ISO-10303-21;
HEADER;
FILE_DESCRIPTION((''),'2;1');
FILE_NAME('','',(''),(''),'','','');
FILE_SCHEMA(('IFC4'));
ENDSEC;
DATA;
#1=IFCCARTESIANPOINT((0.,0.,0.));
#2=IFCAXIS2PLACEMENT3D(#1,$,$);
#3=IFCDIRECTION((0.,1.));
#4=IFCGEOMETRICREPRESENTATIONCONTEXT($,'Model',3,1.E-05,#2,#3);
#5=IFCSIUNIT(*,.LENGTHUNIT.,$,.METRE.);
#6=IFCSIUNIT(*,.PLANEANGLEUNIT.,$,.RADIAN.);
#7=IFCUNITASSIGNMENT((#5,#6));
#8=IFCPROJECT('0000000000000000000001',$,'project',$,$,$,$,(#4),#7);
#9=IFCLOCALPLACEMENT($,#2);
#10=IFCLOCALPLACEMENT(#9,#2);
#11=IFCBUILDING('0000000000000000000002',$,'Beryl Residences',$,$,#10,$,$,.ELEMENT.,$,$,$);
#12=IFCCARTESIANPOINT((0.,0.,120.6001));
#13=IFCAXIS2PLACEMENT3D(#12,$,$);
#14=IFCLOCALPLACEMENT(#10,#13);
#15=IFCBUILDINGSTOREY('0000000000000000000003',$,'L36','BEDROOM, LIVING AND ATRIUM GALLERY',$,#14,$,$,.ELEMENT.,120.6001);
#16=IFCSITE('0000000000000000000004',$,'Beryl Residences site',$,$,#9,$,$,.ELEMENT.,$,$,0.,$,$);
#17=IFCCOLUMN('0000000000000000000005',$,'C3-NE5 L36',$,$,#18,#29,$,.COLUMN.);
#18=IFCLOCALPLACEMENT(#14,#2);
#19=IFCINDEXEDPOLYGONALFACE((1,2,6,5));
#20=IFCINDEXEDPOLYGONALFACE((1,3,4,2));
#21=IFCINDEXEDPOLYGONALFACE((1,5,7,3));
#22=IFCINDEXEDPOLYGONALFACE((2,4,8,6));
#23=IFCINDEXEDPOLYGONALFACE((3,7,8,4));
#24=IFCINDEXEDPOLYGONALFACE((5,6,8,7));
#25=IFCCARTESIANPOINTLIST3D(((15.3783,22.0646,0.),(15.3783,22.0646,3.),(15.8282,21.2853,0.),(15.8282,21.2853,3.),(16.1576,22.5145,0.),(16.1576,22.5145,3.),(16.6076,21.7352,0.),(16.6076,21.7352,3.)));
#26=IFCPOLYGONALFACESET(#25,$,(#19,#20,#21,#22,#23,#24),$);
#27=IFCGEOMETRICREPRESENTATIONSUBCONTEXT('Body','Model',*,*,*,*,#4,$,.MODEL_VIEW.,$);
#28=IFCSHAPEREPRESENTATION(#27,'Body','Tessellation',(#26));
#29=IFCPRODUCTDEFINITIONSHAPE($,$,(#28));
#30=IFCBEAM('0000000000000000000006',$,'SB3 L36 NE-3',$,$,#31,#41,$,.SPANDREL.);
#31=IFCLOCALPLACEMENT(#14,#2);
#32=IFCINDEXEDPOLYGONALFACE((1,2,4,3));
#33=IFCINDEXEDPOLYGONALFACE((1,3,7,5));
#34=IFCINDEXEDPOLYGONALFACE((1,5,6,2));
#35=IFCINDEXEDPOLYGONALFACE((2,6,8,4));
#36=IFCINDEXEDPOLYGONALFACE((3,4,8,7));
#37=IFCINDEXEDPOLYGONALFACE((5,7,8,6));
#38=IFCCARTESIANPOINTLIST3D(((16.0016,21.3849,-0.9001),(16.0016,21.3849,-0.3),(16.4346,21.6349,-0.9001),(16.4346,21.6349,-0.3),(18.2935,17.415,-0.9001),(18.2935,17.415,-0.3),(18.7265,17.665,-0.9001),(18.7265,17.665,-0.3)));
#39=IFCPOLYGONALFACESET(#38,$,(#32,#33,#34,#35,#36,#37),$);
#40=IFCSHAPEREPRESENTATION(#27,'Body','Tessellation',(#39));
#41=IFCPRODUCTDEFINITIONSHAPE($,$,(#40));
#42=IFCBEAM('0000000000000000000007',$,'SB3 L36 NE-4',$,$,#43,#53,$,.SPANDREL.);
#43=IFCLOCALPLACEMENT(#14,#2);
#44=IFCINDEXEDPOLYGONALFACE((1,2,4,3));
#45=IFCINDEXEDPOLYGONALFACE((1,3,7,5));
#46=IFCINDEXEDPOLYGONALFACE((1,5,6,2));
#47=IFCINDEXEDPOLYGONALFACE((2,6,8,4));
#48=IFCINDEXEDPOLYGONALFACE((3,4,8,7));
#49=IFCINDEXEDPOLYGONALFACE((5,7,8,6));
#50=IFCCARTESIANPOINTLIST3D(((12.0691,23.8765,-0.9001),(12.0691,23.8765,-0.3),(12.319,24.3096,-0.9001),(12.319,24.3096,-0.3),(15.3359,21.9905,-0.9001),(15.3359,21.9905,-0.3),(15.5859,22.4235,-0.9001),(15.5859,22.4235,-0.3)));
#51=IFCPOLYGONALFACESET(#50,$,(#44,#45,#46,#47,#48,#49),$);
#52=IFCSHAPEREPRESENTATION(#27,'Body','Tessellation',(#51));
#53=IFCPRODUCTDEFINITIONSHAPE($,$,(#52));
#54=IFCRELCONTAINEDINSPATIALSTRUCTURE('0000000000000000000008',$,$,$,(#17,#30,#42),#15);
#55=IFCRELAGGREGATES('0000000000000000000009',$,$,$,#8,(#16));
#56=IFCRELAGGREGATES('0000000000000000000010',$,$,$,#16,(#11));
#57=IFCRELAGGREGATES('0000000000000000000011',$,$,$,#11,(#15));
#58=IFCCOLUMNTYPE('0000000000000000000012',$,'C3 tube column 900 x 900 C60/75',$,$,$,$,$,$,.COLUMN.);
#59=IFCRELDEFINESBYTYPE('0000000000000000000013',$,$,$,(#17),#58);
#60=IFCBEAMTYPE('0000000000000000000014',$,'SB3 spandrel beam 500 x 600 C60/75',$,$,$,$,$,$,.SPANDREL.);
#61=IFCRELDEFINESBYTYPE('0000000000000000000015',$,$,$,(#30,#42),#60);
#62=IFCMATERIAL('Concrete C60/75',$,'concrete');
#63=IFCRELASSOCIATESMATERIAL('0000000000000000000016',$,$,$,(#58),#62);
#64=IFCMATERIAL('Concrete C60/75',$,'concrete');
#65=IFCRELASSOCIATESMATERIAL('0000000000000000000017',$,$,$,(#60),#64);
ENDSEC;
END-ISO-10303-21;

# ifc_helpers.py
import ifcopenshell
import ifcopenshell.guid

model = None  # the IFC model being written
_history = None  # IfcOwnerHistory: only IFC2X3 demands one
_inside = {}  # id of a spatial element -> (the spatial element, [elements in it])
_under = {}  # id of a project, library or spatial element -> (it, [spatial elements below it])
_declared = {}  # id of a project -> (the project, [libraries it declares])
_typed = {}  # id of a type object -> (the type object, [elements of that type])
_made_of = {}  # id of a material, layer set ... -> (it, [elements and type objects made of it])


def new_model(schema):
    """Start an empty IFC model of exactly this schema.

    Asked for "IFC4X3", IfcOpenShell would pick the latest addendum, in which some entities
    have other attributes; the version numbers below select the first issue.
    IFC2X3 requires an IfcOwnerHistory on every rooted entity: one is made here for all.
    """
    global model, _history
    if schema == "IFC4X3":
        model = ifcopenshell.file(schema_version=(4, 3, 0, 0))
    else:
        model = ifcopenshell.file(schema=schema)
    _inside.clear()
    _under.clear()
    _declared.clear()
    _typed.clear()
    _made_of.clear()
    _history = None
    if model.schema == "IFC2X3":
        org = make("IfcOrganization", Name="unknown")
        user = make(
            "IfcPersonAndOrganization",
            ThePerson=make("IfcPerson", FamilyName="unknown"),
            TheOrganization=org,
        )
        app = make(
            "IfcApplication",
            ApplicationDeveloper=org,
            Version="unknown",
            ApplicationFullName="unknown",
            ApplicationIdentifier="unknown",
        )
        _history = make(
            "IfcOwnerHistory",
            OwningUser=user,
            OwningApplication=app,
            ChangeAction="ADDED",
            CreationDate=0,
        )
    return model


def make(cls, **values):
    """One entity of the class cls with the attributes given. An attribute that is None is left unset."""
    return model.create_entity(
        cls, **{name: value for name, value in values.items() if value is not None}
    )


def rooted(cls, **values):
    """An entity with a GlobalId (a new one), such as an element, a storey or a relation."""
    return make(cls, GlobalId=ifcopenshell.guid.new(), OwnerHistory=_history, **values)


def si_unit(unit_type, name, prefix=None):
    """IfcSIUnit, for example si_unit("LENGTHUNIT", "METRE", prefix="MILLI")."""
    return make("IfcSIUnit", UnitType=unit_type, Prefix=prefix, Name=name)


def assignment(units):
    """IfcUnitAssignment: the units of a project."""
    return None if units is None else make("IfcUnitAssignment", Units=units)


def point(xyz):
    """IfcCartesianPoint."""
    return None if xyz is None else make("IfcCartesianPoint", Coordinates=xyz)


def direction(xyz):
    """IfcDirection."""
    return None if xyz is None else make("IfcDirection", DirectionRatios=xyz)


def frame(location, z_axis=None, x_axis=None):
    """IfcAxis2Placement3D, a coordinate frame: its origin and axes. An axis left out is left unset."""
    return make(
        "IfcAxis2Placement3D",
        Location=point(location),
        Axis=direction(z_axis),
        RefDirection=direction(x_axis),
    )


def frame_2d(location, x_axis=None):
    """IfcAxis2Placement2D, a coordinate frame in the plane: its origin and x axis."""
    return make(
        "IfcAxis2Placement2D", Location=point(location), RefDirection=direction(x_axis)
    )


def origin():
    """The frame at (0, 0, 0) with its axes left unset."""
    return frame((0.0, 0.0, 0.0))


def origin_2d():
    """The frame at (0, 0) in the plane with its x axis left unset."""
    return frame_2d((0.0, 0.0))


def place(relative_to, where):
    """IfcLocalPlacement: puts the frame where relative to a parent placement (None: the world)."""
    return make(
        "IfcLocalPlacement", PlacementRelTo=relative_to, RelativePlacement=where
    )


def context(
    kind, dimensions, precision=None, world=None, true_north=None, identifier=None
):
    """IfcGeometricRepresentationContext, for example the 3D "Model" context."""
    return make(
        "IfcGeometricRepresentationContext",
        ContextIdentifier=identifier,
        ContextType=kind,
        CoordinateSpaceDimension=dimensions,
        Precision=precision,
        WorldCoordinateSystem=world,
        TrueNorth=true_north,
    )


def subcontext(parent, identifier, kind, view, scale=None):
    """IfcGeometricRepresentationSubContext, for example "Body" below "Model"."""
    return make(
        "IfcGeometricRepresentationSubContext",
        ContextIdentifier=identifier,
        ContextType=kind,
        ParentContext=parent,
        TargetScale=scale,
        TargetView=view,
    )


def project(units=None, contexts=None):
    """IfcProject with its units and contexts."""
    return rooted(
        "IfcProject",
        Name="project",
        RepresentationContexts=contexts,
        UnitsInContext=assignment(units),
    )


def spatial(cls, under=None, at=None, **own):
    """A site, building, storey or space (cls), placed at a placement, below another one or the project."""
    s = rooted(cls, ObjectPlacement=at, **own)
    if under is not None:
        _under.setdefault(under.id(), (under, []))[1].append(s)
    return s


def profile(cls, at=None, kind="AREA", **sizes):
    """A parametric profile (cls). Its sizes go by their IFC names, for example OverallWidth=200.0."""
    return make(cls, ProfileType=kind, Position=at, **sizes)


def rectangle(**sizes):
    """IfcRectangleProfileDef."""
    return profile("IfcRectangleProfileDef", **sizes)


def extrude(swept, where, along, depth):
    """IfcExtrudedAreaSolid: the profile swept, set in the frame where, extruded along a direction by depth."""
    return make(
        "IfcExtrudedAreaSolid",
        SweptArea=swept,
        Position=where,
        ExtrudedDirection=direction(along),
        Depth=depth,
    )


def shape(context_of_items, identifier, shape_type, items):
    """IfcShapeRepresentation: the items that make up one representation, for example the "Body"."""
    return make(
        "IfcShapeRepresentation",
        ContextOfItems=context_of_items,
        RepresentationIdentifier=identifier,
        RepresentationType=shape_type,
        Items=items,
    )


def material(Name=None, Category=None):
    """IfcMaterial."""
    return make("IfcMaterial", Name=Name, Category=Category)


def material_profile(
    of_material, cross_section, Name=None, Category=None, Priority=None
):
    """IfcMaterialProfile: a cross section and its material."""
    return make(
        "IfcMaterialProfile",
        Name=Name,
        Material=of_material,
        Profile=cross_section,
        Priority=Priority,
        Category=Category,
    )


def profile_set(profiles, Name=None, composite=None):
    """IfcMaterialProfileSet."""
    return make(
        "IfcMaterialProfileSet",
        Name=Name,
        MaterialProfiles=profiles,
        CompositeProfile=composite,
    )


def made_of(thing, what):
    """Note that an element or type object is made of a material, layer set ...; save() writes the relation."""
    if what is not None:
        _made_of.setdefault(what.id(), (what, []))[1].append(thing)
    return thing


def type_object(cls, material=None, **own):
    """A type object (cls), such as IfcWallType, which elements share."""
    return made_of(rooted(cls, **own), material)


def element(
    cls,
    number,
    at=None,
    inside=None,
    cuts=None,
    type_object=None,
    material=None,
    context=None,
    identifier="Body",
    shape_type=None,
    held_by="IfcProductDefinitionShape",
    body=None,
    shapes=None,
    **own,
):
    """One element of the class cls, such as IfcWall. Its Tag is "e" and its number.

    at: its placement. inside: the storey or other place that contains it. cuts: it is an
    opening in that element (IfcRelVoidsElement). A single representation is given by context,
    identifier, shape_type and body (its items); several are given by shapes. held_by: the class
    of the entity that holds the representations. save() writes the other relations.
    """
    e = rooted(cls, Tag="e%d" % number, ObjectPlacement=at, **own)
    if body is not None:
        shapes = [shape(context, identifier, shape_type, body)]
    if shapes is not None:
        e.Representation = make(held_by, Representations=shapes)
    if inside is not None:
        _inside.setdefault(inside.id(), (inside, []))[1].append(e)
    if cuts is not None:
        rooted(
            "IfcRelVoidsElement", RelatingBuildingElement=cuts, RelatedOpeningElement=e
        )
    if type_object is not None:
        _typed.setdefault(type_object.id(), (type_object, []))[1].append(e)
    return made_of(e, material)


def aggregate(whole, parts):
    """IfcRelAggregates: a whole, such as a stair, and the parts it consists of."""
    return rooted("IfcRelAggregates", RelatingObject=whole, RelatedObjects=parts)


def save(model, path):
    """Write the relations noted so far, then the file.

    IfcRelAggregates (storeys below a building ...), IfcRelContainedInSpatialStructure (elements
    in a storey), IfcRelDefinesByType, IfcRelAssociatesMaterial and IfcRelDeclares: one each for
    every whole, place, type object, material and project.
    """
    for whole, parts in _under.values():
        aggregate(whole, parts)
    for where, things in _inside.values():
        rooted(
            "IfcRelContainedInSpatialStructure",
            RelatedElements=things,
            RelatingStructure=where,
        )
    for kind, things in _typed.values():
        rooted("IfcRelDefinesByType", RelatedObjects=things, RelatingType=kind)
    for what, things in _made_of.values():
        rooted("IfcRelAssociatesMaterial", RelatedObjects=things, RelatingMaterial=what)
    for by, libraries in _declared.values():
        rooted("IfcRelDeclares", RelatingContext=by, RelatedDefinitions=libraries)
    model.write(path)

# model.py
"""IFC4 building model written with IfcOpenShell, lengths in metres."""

from ifc_helpers import new_model, si_unit, direction, frame, origin, origin_2d, place, context, subcontext, project, spatial, rectangle, extrude, material, material_profile, profile_set, type_object, element, save


model = new_model("IFC4")

# Units and contexts
model_context = context("Model", 3, precision=1e-05, world=origin(), true_north=direction((0.0, 1.0)))
body_context = subcontext(model_context, "Body", "Model", "MODEL_VIEW")
ifc_project = project(units=[si_unit("LENGTHUNIT", "METRE"), si_unit("PLANEANGLEUNIT", "RADIAN")], contexts=[model_context])

# Site, building, storey
site_placement = place(None, origin())
site = spatial("IfcSite", under=ifc_project, at=site_placement, Name="Beryl Residences site", CompositionType="ELEMENT", RefElevation=0.0)
building_placement = place(site_placement, origin())
building = spatial("IfcBuilding", under=site, at=building_placement, Name="Beryl Residences", CompositionType="ELEMENT")
storey_placement = place(building_placement, frame((0.0, 0.0, 120.6001)))
storey = spatial("IfcBuildingStorey", under=building, at=storey_placement, Name="L36", Description="BEDROOM, LIVING AND ATRIUM GALLERY", CompositionType="ELEMENT", Elevation=120.6001)

# Column
ifc_material_1 = material(Name="Concrete C60/75", Category="concrete")
ifc_material_profile_1 = material_profile(ifc_material_1, rectangle(XDim=0.8999, YDim=0.8999, at=origin_2d()))
ifc_profile_set_1 = profile_set([ifc_material_profile_1], Name="Concrete C60/75")
column_type = type_object("IfcColumnType", Name="C3 tube column 900 x 900 C60/75", PredefinedType="COLUMN", material=ifc_profile_set_1)
column_placement = place(storey_placement, frame((15.9929, 21.8999, 0.0), z_axis=(0.0, 0.0, 1.0), x_axis=(-0.5, 0.866025, 0.0)))
element("IfcColumn", 1, at=column_placement, inside=storey, type_object=column_type, Name="C3-NE5 L36", PredefinedType="COLUMN", context=body_context, shape_type="SweptSolid", body=[
    extrude(rectangle(XDim=0.8999, YDim=0.8999, at=origin_2d()), origin(), (0.0, 0.0, 1.0), 3.0),
])

# Beams
ifc_material_2 = material(Name="Concrete C60/75", Category="concrete")
ifc_material_profile_2 = material_profile(ifc_material_2, rectangle(XDim=0.5, YDim=0.6001, at=origin_2d()))
ifc_profile_set_2 = profile_set([ifc_material_profile_2], Name="Concrete C60/75")
beam_type = type_object("IfcBeamType", Name="SB3 spandrel beam 500 x 600 C60/75", PredefinedType="SPANDREL", material=ifc_profile_set_2)
beam_1_placement = place(storey_placement, frame((18.51, 17.54, -0.6001), z_axis=(-0.499988, 0.866032, 0.0), x_axis=(-0.866032, -0.499988, 0.0)))
element("IfcBeam", 2, at=beam_1_placement, inside=storey, type_object=beam_type, Name="SB3 L36 NE-3", PredefinedType="SPANDREL", context=body_context, shape_type="SweptSolid", body=[
    extrude(rectangle(XDim=0.5, YDim=0.6001, at=origin_2d()), origin(), (0.0, 0.0, 1.0), 4.584),
])
beam_2_placement = place(storey_placement, frame((15.4609, 22.207, -0.6001), z_axis=(-0.86604, 0.499975, 0.0), x_axis=(-0.499975, -0.86604, 0.0)))
element("IfcBeam", 3, at=beam_2_placement, inside=storey, type_object=beam_type, Name="SB3 L36 NE-4", PredefinedType="SPANDREL", context=body_context, shape_type="SweptSolid", body=[
    extrude(rectangle(XDim=0.5, YDim=0.6001, at=origin_2d()), origin(), (0.0, 0.0, 1.0), 3.7722),
])

save(model, "model.ifc")
